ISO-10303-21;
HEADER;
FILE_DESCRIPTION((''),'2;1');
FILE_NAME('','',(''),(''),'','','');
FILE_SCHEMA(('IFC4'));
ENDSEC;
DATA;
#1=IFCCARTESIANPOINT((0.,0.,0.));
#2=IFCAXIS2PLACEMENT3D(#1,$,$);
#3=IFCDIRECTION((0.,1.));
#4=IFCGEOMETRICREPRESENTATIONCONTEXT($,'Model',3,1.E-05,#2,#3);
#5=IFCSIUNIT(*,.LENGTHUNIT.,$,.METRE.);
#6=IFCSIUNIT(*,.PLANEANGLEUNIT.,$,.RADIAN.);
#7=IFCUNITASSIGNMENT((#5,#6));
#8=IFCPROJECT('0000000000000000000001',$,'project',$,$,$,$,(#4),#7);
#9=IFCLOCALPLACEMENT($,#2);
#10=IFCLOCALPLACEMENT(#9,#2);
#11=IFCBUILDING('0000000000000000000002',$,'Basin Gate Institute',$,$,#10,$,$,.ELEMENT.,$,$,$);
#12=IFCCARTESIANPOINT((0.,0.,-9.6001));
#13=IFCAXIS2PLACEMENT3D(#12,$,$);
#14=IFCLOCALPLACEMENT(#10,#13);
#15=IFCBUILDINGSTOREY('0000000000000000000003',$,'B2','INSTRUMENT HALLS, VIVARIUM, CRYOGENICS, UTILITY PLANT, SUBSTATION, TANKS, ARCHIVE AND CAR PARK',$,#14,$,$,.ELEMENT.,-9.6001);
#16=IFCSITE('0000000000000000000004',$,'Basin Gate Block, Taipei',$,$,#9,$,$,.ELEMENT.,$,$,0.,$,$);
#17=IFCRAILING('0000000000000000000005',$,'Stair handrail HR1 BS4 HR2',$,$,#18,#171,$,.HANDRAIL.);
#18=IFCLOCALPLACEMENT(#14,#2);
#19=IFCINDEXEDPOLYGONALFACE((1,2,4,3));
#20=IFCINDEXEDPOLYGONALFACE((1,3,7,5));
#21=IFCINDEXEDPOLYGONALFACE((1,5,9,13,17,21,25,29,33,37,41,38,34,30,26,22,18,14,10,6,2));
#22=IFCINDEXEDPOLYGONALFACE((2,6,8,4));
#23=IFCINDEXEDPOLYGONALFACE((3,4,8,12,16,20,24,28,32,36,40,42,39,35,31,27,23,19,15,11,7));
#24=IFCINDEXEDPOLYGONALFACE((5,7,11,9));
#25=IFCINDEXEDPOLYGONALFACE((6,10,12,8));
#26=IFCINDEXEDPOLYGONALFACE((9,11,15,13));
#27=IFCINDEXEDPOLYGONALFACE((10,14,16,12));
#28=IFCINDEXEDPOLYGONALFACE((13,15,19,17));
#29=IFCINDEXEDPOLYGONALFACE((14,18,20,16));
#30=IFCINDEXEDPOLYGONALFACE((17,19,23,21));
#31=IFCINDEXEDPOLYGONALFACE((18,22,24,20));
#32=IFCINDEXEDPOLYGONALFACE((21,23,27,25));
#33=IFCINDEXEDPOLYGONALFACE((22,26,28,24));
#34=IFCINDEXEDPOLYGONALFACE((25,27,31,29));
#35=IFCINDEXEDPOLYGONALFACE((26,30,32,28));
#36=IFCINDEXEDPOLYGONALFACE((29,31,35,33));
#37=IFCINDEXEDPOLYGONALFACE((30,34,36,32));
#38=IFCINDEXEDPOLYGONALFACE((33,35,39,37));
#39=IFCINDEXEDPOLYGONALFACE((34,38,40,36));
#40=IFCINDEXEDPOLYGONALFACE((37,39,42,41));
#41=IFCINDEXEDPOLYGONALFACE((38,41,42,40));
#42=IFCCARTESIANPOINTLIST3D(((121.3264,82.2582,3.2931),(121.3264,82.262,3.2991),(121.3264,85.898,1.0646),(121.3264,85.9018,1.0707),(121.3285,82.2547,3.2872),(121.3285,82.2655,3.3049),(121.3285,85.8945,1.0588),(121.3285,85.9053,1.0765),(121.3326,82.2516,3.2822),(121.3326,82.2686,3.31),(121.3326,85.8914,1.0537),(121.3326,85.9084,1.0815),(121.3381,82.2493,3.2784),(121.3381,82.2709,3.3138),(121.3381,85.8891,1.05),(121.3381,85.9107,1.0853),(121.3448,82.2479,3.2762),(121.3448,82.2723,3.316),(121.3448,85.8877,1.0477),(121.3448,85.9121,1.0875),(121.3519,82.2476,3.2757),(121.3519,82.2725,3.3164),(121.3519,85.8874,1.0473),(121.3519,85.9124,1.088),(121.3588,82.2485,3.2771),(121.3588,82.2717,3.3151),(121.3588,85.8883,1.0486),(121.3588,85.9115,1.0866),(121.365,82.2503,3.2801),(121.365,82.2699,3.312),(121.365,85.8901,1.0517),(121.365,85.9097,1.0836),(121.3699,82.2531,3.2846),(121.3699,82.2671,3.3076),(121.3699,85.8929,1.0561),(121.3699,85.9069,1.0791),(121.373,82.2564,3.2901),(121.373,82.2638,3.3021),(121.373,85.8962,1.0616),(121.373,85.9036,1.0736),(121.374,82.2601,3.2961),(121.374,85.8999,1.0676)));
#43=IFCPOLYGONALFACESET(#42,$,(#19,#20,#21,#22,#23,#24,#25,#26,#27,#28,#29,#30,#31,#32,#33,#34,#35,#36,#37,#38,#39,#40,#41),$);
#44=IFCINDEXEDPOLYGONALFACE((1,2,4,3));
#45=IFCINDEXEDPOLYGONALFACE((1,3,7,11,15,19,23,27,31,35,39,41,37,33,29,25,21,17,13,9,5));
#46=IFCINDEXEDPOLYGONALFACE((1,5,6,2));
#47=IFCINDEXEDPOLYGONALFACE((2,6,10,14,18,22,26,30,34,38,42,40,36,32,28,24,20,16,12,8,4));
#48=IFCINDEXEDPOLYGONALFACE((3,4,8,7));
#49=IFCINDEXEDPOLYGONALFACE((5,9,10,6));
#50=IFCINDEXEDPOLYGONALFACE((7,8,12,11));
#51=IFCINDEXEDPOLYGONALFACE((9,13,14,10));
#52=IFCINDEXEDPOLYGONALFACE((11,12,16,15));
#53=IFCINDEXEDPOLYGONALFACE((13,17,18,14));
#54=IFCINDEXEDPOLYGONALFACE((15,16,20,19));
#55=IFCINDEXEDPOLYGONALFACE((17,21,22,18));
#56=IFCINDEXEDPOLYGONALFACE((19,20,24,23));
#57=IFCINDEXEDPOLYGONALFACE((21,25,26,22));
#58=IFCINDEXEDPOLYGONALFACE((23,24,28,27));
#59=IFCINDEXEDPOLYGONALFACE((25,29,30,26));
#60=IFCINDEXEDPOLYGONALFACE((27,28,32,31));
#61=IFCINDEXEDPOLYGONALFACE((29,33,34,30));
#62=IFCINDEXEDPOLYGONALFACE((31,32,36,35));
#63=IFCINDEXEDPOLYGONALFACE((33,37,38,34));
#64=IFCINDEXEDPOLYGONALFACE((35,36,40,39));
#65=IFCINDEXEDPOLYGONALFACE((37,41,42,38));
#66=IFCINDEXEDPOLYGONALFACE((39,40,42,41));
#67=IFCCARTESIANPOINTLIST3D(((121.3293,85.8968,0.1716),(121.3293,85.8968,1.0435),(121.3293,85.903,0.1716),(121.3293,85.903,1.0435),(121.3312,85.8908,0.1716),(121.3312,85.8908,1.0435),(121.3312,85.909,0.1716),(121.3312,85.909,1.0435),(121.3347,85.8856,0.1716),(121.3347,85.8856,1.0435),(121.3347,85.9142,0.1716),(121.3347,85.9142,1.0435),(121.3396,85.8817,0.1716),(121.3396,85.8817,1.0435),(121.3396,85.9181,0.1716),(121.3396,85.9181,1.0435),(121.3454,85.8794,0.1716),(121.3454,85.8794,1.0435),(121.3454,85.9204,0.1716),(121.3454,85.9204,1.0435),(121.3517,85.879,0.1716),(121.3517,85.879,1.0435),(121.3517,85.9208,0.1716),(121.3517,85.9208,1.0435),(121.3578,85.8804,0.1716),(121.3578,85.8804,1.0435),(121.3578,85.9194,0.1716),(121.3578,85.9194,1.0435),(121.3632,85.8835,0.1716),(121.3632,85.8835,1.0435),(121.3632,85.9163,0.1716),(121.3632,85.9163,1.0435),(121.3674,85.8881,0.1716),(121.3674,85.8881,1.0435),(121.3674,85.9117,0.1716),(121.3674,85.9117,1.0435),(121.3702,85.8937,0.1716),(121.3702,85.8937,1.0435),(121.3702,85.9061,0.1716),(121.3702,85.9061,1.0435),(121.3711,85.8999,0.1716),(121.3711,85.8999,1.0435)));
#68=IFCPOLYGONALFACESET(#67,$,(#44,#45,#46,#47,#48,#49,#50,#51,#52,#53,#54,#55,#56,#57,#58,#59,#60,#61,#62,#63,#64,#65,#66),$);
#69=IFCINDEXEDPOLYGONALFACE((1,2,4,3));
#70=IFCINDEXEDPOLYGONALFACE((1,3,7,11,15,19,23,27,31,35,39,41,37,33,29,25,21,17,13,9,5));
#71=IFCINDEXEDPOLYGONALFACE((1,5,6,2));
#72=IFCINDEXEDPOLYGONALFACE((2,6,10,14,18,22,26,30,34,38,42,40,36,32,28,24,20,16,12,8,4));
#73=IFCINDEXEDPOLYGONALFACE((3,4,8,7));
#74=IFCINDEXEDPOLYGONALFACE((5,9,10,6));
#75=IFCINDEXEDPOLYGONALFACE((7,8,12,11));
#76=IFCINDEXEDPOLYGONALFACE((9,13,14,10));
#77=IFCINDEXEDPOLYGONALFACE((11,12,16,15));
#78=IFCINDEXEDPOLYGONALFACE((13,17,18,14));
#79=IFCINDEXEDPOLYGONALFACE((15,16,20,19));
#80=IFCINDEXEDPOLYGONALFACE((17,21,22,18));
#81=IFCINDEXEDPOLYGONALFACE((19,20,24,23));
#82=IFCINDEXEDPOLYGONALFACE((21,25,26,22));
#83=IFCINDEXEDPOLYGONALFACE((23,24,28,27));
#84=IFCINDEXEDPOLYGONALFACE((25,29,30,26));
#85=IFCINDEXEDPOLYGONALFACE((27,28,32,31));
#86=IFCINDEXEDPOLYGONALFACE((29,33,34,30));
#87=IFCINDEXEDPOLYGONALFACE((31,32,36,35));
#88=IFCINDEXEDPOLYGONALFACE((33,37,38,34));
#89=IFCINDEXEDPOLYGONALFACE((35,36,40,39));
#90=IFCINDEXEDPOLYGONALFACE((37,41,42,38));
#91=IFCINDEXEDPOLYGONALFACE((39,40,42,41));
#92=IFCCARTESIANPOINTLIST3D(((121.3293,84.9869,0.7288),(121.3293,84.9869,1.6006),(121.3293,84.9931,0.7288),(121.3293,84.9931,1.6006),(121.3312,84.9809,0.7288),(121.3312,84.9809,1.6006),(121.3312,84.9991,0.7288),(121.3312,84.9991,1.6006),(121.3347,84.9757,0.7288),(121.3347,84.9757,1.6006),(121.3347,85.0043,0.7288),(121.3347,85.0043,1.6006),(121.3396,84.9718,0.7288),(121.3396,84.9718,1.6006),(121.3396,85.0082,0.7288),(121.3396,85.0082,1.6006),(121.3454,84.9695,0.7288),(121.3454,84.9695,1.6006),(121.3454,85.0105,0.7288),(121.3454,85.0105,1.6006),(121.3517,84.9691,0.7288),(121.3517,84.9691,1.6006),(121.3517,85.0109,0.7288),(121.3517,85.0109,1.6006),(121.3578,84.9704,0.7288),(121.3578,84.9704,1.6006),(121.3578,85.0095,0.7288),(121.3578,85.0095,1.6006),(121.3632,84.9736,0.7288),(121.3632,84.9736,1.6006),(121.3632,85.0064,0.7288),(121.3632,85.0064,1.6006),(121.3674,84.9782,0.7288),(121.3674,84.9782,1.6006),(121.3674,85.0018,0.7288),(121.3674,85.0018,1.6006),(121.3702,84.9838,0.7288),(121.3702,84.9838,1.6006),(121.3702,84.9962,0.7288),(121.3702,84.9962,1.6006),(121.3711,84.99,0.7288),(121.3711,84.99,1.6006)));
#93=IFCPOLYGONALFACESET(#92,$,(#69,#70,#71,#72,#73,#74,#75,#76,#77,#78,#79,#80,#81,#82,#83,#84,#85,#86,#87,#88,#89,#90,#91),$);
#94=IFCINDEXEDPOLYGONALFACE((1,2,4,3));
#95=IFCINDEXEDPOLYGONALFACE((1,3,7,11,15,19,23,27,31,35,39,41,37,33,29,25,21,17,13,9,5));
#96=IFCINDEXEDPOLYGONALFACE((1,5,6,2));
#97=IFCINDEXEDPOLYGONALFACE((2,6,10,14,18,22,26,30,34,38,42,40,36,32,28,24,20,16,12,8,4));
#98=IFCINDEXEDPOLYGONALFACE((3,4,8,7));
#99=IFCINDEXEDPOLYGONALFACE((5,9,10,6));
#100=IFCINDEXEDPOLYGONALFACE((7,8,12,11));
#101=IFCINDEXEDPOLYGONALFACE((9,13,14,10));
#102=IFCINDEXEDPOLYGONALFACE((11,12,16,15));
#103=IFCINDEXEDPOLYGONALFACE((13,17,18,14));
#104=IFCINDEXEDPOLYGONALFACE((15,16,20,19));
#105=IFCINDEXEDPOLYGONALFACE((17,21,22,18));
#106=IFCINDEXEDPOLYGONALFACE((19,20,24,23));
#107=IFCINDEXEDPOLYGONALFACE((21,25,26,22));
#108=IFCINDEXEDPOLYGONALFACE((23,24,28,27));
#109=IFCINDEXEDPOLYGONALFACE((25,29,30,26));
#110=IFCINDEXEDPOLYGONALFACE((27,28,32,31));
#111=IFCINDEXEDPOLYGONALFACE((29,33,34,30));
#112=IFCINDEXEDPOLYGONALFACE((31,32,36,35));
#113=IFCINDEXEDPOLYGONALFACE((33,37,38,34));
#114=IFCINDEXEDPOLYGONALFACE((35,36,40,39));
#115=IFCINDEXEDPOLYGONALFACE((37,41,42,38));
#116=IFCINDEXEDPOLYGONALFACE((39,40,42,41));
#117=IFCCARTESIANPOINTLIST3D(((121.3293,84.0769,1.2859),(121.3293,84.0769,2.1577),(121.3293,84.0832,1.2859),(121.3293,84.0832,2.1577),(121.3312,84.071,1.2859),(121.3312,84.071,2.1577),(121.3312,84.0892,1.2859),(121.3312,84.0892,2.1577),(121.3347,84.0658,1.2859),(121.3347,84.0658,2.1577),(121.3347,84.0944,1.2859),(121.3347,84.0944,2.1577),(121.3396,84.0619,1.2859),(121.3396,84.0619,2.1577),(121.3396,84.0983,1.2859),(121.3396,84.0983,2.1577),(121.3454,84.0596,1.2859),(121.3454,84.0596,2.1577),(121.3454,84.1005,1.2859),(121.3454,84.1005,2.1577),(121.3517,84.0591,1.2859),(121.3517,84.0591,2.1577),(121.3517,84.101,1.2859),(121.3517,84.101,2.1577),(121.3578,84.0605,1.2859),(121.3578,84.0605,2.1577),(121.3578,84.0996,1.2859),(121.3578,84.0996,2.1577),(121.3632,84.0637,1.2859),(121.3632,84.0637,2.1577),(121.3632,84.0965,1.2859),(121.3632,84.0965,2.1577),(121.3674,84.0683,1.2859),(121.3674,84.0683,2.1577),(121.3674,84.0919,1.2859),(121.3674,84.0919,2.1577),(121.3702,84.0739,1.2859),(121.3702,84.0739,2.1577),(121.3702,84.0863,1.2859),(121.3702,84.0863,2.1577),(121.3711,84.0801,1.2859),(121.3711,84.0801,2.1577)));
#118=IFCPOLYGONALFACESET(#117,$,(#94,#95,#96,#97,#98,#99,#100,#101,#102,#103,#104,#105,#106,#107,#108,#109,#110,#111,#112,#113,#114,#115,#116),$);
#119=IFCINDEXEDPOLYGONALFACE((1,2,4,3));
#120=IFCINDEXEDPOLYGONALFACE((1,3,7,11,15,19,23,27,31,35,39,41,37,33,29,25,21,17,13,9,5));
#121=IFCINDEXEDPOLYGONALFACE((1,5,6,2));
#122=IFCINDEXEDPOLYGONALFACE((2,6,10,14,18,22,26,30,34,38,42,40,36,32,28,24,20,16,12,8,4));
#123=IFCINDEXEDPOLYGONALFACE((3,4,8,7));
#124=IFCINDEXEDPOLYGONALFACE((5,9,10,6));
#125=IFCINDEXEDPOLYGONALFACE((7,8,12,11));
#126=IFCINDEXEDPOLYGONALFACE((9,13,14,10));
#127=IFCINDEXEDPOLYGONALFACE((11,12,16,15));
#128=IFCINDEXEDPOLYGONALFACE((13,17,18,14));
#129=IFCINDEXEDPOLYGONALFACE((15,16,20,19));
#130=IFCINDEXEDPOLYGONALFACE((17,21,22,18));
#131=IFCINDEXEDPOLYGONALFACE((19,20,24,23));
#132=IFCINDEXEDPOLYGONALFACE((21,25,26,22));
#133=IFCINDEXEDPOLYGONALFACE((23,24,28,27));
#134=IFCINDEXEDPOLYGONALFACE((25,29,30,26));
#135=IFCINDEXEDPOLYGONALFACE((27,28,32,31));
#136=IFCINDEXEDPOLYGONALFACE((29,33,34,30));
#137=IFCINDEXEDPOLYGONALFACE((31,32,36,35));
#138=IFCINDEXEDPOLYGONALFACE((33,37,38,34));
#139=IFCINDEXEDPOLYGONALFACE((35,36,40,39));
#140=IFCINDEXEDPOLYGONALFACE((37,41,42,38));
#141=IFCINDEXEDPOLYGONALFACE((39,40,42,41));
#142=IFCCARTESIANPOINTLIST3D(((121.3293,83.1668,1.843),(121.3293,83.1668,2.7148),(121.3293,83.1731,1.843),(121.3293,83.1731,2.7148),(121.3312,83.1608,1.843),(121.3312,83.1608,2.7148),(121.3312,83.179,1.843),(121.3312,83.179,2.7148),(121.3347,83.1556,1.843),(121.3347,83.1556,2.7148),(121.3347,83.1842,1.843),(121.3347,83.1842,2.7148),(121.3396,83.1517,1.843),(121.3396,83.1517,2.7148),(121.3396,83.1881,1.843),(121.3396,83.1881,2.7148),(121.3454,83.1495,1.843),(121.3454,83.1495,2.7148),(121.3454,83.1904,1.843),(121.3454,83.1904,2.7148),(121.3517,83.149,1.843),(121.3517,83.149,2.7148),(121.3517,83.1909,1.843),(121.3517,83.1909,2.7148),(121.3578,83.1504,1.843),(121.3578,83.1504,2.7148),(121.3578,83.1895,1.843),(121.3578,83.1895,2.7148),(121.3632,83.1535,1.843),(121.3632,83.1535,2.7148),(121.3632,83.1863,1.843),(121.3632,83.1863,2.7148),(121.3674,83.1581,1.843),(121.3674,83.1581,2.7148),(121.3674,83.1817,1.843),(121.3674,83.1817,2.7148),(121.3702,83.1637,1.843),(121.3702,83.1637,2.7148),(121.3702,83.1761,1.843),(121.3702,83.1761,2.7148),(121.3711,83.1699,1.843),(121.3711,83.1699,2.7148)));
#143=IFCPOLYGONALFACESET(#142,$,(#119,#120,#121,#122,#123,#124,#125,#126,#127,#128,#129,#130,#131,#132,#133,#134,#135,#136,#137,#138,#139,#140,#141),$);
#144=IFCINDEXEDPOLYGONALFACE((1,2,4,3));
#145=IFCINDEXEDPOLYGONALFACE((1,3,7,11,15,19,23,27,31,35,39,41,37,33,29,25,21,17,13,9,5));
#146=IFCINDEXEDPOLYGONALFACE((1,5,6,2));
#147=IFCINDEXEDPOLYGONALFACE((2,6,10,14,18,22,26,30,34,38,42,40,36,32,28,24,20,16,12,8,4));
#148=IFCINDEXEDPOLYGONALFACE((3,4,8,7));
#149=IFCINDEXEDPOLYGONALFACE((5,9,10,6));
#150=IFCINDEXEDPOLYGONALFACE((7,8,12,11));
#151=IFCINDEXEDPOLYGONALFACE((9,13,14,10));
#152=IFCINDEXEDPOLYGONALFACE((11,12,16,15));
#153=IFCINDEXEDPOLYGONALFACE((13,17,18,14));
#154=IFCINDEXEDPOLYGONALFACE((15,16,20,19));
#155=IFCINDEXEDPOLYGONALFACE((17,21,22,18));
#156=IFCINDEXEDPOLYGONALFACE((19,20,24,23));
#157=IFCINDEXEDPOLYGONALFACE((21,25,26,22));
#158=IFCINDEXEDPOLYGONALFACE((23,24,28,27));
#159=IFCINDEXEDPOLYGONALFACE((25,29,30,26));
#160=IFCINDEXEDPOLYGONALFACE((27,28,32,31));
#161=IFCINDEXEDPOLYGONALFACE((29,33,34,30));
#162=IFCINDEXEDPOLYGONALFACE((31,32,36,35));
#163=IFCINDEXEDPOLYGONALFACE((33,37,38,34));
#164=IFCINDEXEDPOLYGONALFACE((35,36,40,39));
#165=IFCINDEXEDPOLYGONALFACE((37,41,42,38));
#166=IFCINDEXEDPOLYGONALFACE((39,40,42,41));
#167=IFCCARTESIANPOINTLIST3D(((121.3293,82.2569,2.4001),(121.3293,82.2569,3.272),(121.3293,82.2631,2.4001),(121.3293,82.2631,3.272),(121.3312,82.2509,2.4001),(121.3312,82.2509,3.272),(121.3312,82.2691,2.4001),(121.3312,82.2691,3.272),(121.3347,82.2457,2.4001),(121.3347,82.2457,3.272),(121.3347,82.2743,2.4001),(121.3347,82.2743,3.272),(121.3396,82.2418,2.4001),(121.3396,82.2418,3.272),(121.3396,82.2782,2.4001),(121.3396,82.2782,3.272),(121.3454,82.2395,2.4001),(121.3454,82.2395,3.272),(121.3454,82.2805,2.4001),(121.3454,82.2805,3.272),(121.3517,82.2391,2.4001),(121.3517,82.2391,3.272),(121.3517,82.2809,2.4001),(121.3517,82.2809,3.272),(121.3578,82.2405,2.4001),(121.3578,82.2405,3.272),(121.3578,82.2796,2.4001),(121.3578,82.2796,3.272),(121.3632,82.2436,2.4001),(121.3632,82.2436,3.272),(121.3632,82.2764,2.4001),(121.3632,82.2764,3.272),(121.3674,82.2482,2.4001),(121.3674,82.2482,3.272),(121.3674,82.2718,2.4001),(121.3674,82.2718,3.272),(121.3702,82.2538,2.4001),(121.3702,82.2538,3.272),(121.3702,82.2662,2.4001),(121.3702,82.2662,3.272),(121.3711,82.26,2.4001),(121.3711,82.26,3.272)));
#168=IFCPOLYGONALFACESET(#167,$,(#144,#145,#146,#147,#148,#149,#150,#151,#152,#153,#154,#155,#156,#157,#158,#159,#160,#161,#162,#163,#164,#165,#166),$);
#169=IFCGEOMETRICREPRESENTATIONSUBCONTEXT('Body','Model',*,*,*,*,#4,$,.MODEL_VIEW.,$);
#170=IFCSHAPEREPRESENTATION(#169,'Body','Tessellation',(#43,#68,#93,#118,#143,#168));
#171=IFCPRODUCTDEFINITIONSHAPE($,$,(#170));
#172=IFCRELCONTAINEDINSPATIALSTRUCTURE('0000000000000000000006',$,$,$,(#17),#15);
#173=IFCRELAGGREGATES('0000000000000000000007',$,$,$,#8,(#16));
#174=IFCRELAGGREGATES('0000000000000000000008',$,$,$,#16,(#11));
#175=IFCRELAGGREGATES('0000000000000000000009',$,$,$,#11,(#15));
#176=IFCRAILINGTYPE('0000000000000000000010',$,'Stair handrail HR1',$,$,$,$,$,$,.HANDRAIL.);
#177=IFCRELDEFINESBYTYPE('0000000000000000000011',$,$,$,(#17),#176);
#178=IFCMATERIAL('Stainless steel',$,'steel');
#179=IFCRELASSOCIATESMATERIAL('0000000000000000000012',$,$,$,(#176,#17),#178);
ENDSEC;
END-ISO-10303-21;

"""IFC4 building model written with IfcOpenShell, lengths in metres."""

from ifc_helpers import new_model, si_unit, direction, frame, origin, origin_2d, place, context, subcontext, project, spatial, circle, extrude, material, type_object, element, save


model = new_model("IFC4")

# Units and contexts
model_context = context("Model", 3, precision=1e-05, world=origin(), true_north=direction((0.0, 1.0)))
body_context = subcontext(model_context, "Body", "Model", "MODEL_VIEW")
ifc_project = project(units=[si_unit("LENGTHUNIT", "METRE"), si_unit("PLANEANGLEUNIT", "RADIAN")], contexts=[model_context])

# Site, building, storey
site_placement = place(None, origin())
site = spatial("IfcSite", under=ifc_project, at=site_placement, Name="Basin Gate Block, Taipei", CompositionType="ELEMENT", RefElevation=0.0)
building_placement = place(site_placement, origin())
building = spatial("IfcBuilding", under=site, at=building_placement, Name="Basin Gate Institute", CompositionType="ELEMENT")
storey_placement = place(building_placement, frame((0.0, 0.0, -9.6001)))
storey = spatial("IfcBuildingStorey", under=building, at=storey_placement, Name="B2", Description="INSTRUMENT HALLS, VIVARIUM, CRYOGENICS, UTILITY PLANT, SUBSTATION, TANKS, ARCHIVE AND CAR PARK", CompositionType="ELEMENT", Elevation=-9.6001)

# Railing
ifc_material_1 = material(Name="Stainless steel", Category="steel")
railing_type_1 = type_object("IfcRailingType", Name="Stair handrail HR1", PredefinedType="HANDRAIL", material=ifc_material_1)
for number, where, name in (
    (1, (121.3501, 85.8999, 0.1716), "Stair handrail HR1 BS4 HR2"),
):
    element("IfcRailing", number, at=place(storey_placement, frame(where)), inside=storey, type_object=railing_type_1, material=ifc_material_1, Name=name, PredefinedType="HANDRAIL", context=body_context, shape_type="SweptSolid", body=[
        extrude(circle(Radius=0.0239, at=origin_2d()), frame((0.0, 0.0, 0.896), z_axis=(0.0, -0.85285, 0.522156), x_axis=(1.0, 0.0, 0.0)), (0.0, 0.0, 1.0), 4.2678),
        extrude(circle(Radius=0.021, at=origin_2d()), origin(), (0.0, 0.0, 1.0), 0.8718),
        extrude(circle(Radius=0.021, at=origin_2d()), frame((0.0, -0.9099, 0.5571)), (0.0, 0.0, 1.0), 0.8718),
        extrude(circle(Radius=0.021, at=origin_2d()), frame((0.0, -1.8198, 1.1143)), (0.0, 0.0, 1.0), 0.8718),
        extrude(circle(Radius=0.021, at=origin_2d()), frame((0.0, -2.73, 1.6714)), (0.0, 0.0, 1.0), 0.8718),
        extrude(circle(Radius=0.021, at=origin_2d()), frame((0.0, -3.6399, 2.2285)), (0.0, 0.0, 1.0), 0.8718),
    ])

save(model, "model.ifc")
